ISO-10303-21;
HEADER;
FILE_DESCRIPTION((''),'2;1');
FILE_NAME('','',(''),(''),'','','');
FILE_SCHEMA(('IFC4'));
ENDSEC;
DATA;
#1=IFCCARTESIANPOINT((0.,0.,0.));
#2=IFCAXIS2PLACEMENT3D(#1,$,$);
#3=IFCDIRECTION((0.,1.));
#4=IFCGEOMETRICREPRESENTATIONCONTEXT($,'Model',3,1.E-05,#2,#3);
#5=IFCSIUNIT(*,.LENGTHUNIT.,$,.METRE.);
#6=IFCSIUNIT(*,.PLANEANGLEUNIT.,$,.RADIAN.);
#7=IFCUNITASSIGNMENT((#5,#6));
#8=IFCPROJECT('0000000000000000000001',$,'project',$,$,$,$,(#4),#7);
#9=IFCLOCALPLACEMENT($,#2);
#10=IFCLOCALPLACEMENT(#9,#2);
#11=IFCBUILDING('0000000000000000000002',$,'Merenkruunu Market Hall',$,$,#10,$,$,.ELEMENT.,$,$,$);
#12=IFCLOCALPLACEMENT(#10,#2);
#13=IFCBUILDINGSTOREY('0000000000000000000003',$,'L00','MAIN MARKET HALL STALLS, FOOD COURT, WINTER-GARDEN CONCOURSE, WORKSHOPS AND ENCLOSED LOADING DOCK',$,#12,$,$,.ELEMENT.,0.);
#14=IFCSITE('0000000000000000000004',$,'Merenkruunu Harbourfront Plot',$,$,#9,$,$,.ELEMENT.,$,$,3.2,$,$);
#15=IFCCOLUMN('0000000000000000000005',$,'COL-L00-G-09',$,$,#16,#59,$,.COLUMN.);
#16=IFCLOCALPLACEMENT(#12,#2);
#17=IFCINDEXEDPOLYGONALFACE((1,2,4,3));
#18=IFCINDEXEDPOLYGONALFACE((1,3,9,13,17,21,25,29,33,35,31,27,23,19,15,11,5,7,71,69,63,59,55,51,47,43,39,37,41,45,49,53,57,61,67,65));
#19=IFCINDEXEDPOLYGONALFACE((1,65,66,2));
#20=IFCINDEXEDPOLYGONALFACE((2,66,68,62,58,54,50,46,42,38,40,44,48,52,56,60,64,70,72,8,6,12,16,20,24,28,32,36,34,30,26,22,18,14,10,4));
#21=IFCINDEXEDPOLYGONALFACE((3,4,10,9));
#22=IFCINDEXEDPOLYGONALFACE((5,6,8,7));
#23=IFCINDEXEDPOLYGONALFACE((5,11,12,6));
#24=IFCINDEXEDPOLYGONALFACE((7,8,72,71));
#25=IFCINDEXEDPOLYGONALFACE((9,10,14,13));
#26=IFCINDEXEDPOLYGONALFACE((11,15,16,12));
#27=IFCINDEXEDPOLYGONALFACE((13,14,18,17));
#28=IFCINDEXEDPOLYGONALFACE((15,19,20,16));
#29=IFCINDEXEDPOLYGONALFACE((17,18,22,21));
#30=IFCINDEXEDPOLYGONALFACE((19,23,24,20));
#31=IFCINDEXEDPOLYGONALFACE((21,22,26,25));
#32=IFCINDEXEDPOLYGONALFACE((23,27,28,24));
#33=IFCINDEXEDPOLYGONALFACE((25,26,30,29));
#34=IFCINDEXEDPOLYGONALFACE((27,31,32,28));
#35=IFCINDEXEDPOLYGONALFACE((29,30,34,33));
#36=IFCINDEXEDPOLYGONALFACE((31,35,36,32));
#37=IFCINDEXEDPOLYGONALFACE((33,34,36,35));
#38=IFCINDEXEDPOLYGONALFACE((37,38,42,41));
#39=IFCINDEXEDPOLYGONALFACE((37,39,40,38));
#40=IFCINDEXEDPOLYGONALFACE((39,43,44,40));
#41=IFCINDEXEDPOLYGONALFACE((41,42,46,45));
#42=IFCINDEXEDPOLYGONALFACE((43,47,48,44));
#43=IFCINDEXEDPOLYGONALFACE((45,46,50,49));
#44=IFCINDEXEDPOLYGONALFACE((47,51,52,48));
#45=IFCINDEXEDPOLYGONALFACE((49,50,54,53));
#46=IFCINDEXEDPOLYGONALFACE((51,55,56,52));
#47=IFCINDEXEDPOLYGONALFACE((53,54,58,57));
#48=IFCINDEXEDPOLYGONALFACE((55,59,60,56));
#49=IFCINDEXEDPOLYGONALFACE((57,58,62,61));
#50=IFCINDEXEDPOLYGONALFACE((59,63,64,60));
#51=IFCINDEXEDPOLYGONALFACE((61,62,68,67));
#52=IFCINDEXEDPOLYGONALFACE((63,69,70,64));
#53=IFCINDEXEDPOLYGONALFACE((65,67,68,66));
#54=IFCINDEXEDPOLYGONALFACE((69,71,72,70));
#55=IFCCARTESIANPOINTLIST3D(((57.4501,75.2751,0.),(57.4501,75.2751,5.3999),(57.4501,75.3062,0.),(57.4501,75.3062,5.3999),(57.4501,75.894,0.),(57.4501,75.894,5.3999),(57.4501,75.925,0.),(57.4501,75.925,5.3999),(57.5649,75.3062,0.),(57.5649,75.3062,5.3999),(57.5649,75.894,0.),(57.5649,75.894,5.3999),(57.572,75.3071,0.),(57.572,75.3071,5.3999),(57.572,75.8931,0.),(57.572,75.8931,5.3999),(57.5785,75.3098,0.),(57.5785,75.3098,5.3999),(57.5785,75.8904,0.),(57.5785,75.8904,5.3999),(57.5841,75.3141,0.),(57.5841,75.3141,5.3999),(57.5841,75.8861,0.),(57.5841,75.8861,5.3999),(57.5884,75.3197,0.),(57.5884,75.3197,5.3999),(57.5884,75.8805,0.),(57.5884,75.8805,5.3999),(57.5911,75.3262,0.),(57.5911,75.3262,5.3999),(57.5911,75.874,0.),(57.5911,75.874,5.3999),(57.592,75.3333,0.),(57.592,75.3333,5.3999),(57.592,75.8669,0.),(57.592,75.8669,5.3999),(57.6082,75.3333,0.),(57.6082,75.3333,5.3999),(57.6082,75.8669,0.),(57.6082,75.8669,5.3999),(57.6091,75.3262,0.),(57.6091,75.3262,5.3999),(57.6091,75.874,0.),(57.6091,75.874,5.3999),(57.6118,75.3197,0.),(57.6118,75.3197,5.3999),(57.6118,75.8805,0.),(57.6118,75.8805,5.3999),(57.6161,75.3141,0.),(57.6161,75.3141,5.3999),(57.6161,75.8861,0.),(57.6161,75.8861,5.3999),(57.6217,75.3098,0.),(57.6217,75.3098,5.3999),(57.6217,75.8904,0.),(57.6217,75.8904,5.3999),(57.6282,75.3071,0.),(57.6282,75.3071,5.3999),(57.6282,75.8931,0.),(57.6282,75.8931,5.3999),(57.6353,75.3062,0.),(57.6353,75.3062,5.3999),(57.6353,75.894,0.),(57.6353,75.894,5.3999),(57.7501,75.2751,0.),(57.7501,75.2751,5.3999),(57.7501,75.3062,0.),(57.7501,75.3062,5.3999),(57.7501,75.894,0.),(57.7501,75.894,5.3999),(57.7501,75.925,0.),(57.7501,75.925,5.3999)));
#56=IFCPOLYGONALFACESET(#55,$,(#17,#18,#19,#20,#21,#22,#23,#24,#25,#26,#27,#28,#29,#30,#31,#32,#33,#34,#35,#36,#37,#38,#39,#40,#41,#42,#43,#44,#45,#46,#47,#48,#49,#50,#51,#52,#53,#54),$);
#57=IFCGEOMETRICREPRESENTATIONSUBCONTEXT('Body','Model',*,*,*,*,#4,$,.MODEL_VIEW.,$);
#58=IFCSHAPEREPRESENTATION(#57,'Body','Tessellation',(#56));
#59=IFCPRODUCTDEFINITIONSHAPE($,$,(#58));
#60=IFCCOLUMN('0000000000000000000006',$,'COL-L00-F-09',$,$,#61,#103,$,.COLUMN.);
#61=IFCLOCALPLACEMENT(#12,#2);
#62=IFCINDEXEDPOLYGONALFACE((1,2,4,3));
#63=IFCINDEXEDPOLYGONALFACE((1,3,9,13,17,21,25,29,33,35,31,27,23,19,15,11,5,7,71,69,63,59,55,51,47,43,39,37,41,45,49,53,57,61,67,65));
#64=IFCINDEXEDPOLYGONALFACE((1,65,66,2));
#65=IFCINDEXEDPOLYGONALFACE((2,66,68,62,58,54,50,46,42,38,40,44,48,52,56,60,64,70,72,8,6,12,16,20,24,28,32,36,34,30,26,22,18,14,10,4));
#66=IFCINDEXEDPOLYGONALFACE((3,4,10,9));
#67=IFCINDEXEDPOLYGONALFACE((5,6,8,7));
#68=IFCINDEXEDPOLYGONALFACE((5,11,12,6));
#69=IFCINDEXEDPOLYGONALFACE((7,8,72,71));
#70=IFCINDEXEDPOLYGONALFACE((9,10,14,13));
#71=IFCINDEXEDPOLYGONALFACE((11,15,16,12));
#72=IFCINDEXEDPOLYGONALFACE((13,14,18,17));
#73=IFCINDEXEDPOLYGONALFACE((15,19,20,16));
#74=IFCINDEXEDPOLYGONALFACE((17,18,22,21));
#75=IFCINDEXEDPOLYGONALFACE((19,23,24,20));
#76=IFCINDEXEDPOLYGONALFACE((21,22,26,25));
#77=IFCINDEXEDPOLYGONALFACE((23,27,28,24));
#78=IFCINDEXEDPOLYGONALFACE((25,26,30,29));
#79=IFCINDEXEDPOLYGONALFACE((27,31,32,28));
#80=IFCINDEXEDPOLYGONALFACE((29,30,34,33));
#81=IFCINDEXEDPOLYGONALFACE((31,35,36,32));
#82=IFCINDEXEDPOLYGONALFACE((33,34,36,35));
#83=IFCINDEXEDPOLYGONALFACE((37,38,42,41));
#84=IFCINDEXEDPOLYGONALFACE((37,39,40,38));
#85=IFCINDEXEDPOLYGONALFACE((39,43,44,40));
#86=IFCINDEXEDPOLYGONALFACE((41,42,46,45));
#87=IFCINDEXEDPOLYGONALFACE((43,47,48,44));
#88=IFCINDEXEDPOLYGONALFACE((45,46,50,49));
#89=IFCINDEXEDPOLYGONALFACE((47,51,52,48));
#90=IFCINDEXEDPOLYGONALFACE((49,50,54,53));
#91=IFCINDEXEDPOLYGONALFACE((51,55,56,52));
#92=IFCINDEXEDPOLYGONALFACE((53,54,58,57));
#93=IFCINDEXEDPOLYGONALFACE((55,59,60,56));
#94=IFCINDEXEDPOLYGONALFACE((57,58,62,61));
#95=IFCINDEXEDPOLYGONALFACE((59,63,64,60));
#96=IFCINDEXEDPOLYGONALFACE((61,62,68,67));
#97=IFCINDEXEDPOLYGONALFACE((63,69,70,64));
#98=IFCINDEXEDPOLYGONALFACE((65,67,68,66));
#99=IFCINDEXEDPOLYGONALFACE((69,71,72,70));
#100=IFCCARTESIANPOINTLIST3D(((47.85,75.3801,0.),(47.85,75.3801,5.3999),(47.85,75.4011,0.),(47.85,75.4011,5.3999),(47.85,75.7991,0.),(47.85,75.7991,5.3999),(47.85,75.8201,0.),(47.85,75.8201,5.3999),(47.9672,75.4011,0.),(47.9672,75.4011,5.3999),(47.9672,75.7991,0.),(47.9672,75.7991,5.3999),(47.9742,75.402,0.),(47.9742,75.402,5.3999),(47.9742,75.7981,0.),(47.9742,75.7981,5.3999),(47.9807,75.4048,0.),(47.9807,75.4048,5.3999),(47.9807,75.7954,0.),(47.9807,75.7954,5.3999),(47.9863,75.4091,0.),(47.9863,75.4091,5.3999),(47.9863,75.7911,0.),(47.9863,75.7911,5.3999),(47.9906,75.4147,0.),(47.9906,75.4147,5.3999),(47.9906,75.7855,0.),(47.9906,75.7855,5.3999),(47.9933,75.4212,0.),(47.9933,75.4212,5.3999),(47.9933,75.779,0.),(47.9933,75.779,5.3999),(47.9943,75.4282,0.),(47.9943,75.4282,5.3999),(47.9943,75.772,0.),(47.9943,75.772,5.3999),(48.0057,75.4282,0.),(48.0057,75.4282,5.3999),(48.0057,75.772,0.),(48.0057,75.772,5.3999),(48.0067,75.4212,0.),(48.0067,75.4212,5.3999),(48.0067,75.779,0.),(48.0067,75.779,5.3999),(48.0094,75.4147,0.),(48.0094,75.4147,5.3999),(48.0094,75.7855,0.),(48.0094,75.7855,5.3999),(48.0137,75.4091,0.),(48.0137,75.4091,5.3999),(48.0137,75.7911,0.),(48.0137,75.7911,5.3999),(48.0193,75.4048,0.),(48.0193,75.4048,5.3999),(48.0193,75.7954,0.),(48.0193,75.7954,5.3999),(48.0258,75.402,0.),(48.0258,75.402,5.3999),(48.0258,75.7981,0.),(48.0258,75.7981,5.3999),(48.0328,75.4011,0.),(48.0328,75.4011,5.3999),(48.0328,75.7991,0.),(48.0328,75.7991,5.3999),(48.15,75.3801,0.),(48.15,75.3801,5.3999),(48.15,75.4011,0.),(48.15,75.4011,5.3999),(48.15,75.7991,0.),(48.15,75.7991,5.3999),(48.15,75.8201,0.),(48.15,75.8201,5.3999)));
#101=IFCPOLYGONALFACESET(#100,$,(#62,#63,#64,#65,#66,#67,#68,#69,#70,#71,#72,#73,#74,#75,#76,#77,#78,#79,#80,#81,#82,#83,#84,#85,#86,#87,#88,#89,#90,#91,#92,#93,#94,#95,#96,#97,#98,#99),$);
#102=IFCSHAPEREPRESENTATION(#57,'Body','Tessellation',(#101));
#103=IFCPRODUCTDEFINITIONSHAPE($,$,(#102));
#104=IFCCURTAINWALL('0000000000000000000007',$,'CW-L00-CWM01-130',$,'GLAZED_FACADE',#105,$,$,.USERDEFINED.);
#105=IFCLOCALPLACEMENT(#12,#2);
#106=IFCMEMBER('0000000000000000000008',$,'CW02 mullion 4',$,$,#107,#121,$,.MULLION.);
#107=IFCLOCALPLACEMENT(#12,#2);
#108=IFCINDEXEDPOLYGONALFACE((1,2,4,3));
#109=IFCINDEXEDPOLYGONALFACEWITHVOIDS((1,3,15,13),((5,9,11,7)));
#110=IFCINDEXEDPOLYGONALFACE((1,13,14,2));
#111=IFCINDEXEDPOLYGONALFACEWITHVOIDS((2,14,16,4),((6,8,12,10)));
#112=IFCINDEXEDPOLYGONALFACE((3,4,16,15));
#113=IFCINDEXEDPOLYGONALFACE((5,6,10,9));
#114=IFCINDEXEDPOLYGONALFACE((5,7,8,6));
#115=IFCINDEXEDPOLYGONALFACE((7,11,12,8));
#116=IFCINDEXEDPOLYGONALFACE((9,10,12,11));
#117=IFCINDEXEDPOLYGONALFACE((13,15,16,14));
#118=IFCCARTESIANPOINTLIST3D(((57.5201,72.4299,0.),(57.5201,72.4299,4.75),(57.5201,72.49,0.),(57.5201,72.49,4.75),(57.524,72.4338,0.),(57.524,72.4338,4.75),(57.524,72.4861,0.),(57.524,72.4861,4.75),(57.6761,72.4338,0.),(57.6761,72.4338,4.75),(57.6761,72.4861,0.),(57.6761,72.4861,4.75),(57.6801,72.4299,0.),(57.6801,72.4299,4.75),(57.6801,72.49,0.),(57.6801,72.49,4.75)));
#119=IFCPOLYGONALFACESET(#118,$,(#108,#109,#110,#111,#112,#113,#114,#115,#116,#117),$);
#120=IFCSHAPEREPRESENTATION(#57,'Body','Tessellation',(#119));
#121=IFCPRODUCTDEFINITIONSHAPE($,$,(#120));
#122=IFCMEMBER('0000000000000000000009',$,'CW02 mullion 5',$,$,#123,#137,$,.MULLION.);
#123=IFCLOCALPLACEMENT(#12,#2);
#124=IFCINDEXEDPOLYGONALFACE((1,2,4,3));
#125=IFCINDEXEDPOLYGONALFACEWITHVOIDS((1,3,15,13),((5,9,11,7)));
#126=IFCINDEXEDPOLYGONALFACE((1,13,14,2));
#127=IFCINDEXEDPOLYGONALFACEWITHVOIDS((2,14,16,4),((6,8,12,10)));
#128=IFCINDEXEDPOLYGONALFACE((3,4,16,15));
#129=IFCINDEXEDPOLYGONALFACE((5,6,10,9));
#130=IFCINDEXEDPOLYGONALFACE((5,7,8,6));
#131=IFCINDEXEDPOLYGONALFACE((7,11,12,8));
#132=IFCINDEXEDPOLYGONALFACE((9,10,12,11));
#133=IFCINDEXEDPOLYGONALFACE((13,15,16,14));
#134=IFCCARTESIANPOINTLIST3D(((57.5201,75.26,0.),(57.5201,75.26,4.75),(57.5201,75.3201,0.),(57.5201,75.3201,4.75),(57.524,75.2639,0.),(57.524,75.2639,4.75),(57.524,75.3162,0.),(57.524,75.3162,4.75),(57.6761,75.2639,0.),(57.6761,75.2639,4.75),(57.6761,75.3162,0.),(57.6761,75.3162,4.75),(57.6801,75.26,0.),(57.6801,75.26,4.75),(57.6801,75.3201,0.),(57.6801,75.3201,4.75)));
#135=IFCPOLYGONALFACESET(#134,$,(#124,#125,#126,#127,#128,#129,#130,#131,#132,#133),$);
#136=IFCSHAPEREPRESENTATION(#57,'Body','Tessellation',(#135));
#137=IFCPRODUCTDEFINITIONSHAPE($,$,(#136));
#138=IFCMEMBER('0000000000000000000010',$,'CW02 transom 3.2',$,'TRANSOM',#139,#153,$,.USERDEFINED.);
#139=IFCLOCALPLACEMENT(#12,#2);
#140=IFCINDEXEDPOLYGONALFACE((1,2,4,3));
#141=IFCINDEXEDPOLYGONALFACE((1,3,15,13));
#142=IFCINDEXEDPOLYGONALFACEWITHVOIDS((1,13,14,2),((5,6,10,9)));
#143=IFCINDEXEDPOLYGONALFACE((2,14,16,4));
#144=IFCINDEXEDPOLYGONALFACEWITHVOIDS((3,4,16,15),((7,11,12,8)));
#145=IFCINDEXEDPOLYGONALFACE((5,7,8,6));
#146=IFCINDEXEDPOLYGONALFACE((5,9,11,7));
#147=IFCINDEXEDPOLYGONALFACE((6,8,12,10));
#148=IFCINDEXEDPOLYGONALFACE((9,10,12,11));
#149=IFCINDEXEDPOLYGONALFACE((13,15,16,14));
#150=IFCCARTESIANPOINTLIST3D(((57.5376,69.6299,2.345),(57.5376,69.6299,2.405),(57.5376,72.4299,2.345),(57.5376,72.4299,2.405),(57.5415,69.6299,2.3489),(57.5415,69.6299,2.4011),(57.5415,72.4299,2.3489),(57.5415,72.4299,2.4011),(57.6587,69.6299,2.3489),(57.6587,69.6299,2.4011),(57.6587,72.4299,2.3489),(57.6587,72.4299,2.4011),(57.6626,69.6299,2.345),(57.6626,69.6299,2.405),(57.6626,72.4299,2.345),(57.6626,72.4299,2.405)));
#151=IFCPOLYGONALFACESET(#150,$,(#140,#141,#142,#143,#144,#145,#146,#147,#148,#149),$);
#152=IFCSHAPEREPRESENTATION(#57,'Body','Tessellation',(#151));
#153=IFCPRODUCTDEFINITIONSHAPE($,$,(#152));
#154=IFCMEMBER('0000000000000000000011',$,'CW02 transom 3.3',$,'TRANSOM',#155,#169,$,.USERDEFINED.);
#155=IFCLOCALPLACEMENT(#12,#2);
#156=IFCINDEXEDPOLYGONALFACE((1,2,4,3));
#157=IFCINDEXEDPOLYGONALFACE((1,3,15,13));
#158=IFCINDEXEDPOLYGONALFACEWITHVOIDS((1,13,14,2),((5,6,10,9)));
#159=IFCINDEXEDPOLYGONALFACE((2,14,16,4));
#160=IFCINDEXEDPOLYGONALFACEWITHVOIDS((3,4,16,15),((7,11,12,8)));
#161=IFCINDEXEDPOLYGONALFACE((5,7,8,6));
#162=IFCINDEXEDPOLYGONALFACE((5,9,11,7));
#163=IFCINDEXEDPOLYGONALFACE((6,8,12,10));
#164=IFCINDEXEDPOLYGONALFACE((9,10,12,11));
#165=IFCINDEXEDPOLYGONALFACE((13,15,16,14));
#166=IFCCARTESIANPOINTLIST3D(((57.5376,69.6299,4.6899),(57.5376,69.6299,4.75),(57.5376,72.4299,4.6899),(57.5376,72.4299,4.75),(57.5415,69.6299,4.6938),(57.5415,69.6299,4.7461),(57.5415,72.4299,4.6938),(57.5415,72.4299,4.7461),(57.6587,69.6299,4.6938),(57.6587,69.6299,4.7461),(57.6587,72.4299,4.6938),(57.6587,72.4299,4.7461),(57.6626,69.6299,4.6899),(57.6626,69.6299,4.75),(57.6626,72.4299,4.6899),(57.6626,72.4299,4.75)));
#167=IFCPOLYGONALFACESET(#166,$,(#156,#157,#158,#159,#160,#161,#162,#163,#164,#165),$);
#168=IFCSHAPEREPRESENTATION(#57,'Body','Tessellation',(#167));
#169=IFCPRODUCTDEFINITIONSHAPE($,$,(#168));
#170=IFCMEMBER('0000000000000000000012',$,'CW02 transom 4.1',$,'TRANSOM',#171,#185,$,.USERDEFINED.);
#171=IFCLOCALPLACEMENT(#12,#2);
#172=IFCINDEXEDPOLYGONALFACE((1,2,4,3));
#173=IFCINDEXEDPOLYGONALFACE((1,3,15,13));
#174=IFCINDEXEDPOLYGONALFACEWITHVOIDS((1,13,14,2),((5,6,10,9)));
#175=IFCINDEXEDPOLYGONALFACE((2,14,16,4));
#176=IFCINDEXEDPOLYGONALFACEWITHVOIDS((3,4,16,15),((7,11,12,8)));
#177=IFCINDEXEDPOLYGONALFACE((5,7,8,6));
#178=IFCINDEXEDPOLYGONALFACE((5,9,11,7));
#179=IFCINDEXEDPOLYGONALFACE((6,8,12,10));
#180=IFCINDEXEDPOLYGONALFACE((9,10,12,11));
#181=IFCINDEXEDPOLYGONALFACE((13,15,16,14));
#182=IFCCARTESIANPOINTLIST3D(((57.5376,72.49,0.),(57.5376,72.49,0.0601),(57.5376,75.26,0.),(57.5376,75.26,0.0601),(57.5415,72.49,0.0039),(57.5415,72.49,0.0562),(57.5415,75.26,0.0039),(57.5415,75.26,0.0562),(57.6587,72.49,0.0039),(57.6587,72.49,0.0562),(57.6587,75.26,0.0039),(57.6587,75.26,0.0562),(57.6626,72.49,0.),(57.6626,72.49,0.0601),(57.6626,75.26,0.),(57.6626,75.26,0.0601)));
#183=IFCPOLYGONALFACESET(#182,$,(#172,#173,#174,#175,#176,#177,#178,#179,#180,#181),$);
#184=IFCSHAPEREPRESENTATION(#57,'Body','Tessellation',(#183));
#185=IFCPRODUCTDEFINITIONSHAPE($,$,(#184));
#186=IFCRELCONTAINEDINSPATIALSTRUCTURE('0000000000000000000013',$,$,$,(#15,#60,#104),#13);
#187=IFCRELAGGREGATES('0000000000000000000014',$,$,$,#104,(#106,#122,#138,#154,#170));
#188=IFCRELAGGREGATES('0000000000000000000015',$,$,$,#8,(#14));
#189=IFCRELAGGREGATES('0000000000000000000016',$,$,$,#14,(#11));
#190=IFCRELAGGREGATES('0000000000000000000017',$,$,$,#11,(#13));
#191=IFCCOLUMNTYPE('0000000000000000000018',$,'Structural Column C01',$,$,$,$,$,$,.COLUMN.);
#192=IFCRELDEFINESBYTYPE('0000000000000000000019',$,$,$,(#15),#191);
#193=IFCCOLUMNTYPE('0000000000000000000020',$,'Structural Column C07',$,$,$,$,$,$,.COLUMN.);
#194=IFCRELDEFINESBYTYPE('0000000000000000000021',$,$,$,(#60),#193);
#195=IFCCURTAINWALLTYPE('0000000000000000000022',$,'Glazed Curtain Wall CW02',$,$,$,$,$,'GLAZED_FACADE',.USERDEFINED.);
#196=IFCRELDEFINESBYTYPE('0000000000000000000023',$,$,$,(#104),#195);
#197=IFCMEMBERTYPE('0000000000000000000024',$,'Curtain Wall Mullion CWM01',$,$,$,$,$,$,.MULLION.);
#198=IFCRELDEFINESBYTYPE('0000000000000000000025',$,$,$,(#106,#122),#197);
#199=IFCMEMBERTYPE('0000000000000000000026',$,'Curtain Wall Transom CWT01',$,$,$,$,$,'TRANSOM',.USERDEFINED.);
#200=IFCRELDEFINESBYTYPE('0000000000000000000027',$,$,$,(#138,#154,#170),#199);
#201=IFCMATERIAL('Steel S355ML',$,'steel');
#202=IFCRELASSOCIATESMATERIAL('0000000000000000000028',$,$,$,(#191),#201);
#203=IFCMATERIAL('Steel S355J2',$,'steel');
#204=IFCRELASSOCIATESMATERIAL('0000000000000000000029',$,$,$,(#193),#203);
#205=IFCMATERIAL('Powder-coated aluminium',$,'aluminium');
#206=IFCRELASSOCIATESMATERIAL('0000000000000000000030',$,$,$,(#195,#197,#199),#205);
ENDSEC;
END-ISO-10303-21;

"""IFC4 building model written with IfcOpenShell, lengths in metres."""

from ifc_helpers import new_model, si_unit, direction, frame, origin, origin_2d, place, context, subcontext, project, spatial, hollow_rectangle, i_section, extrude, material, material_profile, profile_set, type_object, element, aggregate, save


model = new_model("IFC4")

# Units and contexts
model_context = context("Model", 3, precision=1e-05, world=origin(), true_north=direction((0.0, 1.0)))
body_context = subcontext(model_context, "Body", "Model", "MODEL_VIEW")
ifc_project = project(units=[si_unit("LENGTHUNIT", "METRE"), si_unit("PLANEANGLEUNIT", "RADIAN")], contexts=[model_context])

# Site, building, storey
site_placement = place(None, origin())
site = spatial("IfcSite", under=ifc_project, at=site_placement, Name="Merenkruunu Harbourfront Plot", CompositionType="ELEMENT", RefElevation=3.2)
building_placement = place(site_placement, origin())
building = spatial("IfcBuilding", under=site, at=building_placement, Name="Merenkruunu Market Hall", CompositionType="ELEMENT")
storey_placement = place(building_placement, origin())
storey = spatial("IfcBuildingStorey", under=building, at=storey_placement, Name="L00", Description="MAIN MARKET HALL STALLS, FOOD COURT, WINTER-GARDEN CONCOURSE, WORKSHOPS AND ENCLOSED LOADING DOCK", CompositionType="ELEMENT", Elevation=0.0)

# Columns
ifc_material_1 = material(Name="Steel S355ML", Category="steel")
ifc_material_profile_1 = material_profile(ifc_material_1, i_section(OverallWidth=0.3, OverallDepth=0.6499, WebThickness=0.0161, FlangeThickness=0.031, FilletRadius=0.0271, at=origin_2d()), Name="HEB 650")
ifc_profile_set_1 = profile_set([ifc_material_profile_1], Name="Steel S355ML")
column_type_1 = type_object("IfcColumnType", Name="Structural Column C01", PredefinedType="COLUMN", material=ifc_profile_set_1)
column_1_placement = place(storey_placement, frame((57.6001, 75.6001, 0.0), z_axis=(0.0, 0.0, 1.0), x_axis=(1.0, 0.0, 0.0)))
element("IfcColumn", 1, at=column_1_placement, inside=storey, type_object=column_type_1, Name="COL-L00-G-09", PredefinedType="COLUMN", context=body_context, shape_type="SweptSolid", body=[
    extrude(i_section(OverallWidth=0.3, OverallDepth=0.6499, WebThickness=0.0161, FlangeThickness=0.031, FilletRadius=0.0271, at=origin_2d()), origin(), (0.0, 0.0, 1.0), 5.3999),
])
ifc_material_2 = material(Name="Steel S355J2", Category="steel")
ifc_material_profile_2 = material_profile(ifc_material_2, i_section(OverallWidth=0.3, OverallDepth=0.4399, WebThickness=0.0115, FlangeThickness=0.021, FilletRadius=0.0271, at=origin_2d()), Name="HEA 450")
ifc_profile_set_2 = profile_set([ifc_material_profile_2], Name="Steel S355J2")
column_type_2 = type_object("IfcColumnType", Name="Structural Column C07", PredefinedType="COLUMN", material=ifc_profile_set_2)
column_2_placement = place(storey_placement, frame((48.0, 75.6001, 0.0), z_axis=(0.0, 0.0, 1.0), x_axis=(1.0, 0.0, 0.0)))
element("IfcColumn", 2, at=column_2_placement, inside=storey, type_object=column_type_2, Name="COL-L00-F-09", PredefinedType="COLUMN", context=body_context, shape_type="SweptSolid", body=[
    extrude(i_section(OverallWidth=0.3, OverallDepth=0.4399, WebThickness=0.0115, FlangeThickness=0.021, FilletRadius=0.0271, at=origin_2d()), origin(), (0.0, 0.0, 1.0), 5.3999),
])

# Curtain wall, members
ifc_material_3 = material(Name="Powder-coated aluminium", Category="aluminium")
curtain_wall_type = type_object("IfcCurtainWallType", Name="Glazed Curtain Wall CW02", ElementType="GLAZED_FACADE", PredefinedType="USERDEFINED", material=ifc_material_3)
curtain_wall_placement = place(storey_placement, origin())
curtain_wall = element("IfcCurtainWall", 3, at=curtain_wall_placement, inside=storey, type_object=curtain_wall_type, Name="CW-L00-CWM01-130", ObjectType="GLAZED_FACADE", PredefinedType="USERDEFINED")
ifc_material_profile_3 = material_profile(ifc_material_3, hollow_rectangle(XDim=0.0601, YDim=0.1599, WallThickness=0.0039, at=origin_2d()), Name="ALU 60x160x4")
ifc_profile_set_3 = profile_set([ifc_material_profile_3], Name="Powder-coated aluminium")
member_type_1 = type_object("IfcMemberType", Name="Curtain Wall Mullion CWM01", PredefinedType="MULLION", material=ifc_profile_set_3)
member_1_placement = place(storey_placement, frame((57.6001, 72.46, 0.0), z_axis=(0.0, 0.0, 1.0), x_axis=(0.0, 1.0, 0.0)))
member_1 = element("IfcMember", 4, at=member_1_placement, type_object=member_type_1, Name="CW02 mullion 4", PredefinedType="MULLION", context=body_context, shape_type="SweptSolid", body=[
    extrude(hollow_rectangle(XDim=0.0601, YDim=0.1599, WallThickness=0.0039, at=origin_2d()), origin(), (0.0, 0.0, 1.0), 4.75),
])
member_2_placement = place(storey_placement, frame((57.6001, 75.29, 0.0), z_axis=(0.0, 0.0, 1.0), x_axis=(0.0, 1.0, 0.0)))
member_2 = element("IfcMember", 5, at=member_2_placement, type_object=member_type_1, Name="CW02 mullion 5", PredefinedType="MULLION", context=body_context, shape_type="SweptSolid", body=[
    extrude(hollow_rectangle(XDim=0.0601, YDim=0.1599, WallThickness=0.0039, at=origin_2d()), origin(), (0.0, 0.0, 1.0), 4.75),
])
ifc_material_profile_4 = material_profile(ifc_material_3, hollow_rectangle(XDim=0.0601, YDim=0.125, WallThickness=0.0039, at=origin_2d()), Name="ALU 60x125x4")
ifc_profile_set_4 = profile_set([ifc_material_profile_4], Name="Powder-coated aluminium")
member_type_2 = type_object("IfcMemberType", Name="Curtain Wall Transom CWT01", ElementType="TRANSOM", PredefinedType="USERDEFINED", material=ifc_profile_set_4)
member_3_placement = place(storey_placement, frame((57.6001, 69.6299, 2.375), z_axis=(0.0, 1.0, 0.0), x_axis=(0.0, 0.0, 1.0)))
member_3 = element("IfcMember", 6, at=member_3_placement, type_object=member_type_2, Name="CW02 transom 3.2", ObjectType="TRANSOM", PredefinedType="USERDEFINED", context=body_context, shape_type="SweptSolid", body=[
    extrude(hollow_rectangle(XDim=0.0601, YDim=0.125, WallThickness=0.0039, at=origin_2d()), origin(), (0.0, 0.0, 1.0), 2.8),
])
member_4_placement = place(storey_placement, frame((57.6001, 69.6299, 4.72), z_axis=(0.0, 1.0, 0.0), x_axis=(0.0, 0.0, 1.0)))
member_4 = element("IfcMember", 7, at=member_4_placement, type_object=member_type_2, Name="CW02 transom 3.3", ObjectType="TRANSOM", PredefinedType="USERDEFINED", context=body_context, shape_type="SweptSolid", body=[
    extrude(hollow_rectangle(XDim=0.0601, YDim=0.125, WallThickness=0.0039, at=origin_2d()), origin(), (0.0, 0.0, 1.0), 2.8),
])
member_5_placement = place(storey_placement, frame((57.6001, 72.49, 0.03), z_axis=(0.0, 1.0, 0.0), x_axis=(0.0, 0.0, 1.0)))
member_5 = element("IfcMember", 8, at=member_5_placement, type_object=member_type_2, Name="CW02 transom 4.1", ObjectType="TRANSOM", PredefinedType="USERDEFINED", context=body_context, shape_type="SweptSolid", body=[
    extrude(hollow_rectangle(XDim=0.0601, YDim=0.125, WallThickness=0.0039, at=origin_2d()), origin(), (0.0, 0.0, 1.0), 2.77),
])

aggregate(curtain_wall, [member_1, member_2, member_3, member_4, member_5])

save(model, "model.ifc")
